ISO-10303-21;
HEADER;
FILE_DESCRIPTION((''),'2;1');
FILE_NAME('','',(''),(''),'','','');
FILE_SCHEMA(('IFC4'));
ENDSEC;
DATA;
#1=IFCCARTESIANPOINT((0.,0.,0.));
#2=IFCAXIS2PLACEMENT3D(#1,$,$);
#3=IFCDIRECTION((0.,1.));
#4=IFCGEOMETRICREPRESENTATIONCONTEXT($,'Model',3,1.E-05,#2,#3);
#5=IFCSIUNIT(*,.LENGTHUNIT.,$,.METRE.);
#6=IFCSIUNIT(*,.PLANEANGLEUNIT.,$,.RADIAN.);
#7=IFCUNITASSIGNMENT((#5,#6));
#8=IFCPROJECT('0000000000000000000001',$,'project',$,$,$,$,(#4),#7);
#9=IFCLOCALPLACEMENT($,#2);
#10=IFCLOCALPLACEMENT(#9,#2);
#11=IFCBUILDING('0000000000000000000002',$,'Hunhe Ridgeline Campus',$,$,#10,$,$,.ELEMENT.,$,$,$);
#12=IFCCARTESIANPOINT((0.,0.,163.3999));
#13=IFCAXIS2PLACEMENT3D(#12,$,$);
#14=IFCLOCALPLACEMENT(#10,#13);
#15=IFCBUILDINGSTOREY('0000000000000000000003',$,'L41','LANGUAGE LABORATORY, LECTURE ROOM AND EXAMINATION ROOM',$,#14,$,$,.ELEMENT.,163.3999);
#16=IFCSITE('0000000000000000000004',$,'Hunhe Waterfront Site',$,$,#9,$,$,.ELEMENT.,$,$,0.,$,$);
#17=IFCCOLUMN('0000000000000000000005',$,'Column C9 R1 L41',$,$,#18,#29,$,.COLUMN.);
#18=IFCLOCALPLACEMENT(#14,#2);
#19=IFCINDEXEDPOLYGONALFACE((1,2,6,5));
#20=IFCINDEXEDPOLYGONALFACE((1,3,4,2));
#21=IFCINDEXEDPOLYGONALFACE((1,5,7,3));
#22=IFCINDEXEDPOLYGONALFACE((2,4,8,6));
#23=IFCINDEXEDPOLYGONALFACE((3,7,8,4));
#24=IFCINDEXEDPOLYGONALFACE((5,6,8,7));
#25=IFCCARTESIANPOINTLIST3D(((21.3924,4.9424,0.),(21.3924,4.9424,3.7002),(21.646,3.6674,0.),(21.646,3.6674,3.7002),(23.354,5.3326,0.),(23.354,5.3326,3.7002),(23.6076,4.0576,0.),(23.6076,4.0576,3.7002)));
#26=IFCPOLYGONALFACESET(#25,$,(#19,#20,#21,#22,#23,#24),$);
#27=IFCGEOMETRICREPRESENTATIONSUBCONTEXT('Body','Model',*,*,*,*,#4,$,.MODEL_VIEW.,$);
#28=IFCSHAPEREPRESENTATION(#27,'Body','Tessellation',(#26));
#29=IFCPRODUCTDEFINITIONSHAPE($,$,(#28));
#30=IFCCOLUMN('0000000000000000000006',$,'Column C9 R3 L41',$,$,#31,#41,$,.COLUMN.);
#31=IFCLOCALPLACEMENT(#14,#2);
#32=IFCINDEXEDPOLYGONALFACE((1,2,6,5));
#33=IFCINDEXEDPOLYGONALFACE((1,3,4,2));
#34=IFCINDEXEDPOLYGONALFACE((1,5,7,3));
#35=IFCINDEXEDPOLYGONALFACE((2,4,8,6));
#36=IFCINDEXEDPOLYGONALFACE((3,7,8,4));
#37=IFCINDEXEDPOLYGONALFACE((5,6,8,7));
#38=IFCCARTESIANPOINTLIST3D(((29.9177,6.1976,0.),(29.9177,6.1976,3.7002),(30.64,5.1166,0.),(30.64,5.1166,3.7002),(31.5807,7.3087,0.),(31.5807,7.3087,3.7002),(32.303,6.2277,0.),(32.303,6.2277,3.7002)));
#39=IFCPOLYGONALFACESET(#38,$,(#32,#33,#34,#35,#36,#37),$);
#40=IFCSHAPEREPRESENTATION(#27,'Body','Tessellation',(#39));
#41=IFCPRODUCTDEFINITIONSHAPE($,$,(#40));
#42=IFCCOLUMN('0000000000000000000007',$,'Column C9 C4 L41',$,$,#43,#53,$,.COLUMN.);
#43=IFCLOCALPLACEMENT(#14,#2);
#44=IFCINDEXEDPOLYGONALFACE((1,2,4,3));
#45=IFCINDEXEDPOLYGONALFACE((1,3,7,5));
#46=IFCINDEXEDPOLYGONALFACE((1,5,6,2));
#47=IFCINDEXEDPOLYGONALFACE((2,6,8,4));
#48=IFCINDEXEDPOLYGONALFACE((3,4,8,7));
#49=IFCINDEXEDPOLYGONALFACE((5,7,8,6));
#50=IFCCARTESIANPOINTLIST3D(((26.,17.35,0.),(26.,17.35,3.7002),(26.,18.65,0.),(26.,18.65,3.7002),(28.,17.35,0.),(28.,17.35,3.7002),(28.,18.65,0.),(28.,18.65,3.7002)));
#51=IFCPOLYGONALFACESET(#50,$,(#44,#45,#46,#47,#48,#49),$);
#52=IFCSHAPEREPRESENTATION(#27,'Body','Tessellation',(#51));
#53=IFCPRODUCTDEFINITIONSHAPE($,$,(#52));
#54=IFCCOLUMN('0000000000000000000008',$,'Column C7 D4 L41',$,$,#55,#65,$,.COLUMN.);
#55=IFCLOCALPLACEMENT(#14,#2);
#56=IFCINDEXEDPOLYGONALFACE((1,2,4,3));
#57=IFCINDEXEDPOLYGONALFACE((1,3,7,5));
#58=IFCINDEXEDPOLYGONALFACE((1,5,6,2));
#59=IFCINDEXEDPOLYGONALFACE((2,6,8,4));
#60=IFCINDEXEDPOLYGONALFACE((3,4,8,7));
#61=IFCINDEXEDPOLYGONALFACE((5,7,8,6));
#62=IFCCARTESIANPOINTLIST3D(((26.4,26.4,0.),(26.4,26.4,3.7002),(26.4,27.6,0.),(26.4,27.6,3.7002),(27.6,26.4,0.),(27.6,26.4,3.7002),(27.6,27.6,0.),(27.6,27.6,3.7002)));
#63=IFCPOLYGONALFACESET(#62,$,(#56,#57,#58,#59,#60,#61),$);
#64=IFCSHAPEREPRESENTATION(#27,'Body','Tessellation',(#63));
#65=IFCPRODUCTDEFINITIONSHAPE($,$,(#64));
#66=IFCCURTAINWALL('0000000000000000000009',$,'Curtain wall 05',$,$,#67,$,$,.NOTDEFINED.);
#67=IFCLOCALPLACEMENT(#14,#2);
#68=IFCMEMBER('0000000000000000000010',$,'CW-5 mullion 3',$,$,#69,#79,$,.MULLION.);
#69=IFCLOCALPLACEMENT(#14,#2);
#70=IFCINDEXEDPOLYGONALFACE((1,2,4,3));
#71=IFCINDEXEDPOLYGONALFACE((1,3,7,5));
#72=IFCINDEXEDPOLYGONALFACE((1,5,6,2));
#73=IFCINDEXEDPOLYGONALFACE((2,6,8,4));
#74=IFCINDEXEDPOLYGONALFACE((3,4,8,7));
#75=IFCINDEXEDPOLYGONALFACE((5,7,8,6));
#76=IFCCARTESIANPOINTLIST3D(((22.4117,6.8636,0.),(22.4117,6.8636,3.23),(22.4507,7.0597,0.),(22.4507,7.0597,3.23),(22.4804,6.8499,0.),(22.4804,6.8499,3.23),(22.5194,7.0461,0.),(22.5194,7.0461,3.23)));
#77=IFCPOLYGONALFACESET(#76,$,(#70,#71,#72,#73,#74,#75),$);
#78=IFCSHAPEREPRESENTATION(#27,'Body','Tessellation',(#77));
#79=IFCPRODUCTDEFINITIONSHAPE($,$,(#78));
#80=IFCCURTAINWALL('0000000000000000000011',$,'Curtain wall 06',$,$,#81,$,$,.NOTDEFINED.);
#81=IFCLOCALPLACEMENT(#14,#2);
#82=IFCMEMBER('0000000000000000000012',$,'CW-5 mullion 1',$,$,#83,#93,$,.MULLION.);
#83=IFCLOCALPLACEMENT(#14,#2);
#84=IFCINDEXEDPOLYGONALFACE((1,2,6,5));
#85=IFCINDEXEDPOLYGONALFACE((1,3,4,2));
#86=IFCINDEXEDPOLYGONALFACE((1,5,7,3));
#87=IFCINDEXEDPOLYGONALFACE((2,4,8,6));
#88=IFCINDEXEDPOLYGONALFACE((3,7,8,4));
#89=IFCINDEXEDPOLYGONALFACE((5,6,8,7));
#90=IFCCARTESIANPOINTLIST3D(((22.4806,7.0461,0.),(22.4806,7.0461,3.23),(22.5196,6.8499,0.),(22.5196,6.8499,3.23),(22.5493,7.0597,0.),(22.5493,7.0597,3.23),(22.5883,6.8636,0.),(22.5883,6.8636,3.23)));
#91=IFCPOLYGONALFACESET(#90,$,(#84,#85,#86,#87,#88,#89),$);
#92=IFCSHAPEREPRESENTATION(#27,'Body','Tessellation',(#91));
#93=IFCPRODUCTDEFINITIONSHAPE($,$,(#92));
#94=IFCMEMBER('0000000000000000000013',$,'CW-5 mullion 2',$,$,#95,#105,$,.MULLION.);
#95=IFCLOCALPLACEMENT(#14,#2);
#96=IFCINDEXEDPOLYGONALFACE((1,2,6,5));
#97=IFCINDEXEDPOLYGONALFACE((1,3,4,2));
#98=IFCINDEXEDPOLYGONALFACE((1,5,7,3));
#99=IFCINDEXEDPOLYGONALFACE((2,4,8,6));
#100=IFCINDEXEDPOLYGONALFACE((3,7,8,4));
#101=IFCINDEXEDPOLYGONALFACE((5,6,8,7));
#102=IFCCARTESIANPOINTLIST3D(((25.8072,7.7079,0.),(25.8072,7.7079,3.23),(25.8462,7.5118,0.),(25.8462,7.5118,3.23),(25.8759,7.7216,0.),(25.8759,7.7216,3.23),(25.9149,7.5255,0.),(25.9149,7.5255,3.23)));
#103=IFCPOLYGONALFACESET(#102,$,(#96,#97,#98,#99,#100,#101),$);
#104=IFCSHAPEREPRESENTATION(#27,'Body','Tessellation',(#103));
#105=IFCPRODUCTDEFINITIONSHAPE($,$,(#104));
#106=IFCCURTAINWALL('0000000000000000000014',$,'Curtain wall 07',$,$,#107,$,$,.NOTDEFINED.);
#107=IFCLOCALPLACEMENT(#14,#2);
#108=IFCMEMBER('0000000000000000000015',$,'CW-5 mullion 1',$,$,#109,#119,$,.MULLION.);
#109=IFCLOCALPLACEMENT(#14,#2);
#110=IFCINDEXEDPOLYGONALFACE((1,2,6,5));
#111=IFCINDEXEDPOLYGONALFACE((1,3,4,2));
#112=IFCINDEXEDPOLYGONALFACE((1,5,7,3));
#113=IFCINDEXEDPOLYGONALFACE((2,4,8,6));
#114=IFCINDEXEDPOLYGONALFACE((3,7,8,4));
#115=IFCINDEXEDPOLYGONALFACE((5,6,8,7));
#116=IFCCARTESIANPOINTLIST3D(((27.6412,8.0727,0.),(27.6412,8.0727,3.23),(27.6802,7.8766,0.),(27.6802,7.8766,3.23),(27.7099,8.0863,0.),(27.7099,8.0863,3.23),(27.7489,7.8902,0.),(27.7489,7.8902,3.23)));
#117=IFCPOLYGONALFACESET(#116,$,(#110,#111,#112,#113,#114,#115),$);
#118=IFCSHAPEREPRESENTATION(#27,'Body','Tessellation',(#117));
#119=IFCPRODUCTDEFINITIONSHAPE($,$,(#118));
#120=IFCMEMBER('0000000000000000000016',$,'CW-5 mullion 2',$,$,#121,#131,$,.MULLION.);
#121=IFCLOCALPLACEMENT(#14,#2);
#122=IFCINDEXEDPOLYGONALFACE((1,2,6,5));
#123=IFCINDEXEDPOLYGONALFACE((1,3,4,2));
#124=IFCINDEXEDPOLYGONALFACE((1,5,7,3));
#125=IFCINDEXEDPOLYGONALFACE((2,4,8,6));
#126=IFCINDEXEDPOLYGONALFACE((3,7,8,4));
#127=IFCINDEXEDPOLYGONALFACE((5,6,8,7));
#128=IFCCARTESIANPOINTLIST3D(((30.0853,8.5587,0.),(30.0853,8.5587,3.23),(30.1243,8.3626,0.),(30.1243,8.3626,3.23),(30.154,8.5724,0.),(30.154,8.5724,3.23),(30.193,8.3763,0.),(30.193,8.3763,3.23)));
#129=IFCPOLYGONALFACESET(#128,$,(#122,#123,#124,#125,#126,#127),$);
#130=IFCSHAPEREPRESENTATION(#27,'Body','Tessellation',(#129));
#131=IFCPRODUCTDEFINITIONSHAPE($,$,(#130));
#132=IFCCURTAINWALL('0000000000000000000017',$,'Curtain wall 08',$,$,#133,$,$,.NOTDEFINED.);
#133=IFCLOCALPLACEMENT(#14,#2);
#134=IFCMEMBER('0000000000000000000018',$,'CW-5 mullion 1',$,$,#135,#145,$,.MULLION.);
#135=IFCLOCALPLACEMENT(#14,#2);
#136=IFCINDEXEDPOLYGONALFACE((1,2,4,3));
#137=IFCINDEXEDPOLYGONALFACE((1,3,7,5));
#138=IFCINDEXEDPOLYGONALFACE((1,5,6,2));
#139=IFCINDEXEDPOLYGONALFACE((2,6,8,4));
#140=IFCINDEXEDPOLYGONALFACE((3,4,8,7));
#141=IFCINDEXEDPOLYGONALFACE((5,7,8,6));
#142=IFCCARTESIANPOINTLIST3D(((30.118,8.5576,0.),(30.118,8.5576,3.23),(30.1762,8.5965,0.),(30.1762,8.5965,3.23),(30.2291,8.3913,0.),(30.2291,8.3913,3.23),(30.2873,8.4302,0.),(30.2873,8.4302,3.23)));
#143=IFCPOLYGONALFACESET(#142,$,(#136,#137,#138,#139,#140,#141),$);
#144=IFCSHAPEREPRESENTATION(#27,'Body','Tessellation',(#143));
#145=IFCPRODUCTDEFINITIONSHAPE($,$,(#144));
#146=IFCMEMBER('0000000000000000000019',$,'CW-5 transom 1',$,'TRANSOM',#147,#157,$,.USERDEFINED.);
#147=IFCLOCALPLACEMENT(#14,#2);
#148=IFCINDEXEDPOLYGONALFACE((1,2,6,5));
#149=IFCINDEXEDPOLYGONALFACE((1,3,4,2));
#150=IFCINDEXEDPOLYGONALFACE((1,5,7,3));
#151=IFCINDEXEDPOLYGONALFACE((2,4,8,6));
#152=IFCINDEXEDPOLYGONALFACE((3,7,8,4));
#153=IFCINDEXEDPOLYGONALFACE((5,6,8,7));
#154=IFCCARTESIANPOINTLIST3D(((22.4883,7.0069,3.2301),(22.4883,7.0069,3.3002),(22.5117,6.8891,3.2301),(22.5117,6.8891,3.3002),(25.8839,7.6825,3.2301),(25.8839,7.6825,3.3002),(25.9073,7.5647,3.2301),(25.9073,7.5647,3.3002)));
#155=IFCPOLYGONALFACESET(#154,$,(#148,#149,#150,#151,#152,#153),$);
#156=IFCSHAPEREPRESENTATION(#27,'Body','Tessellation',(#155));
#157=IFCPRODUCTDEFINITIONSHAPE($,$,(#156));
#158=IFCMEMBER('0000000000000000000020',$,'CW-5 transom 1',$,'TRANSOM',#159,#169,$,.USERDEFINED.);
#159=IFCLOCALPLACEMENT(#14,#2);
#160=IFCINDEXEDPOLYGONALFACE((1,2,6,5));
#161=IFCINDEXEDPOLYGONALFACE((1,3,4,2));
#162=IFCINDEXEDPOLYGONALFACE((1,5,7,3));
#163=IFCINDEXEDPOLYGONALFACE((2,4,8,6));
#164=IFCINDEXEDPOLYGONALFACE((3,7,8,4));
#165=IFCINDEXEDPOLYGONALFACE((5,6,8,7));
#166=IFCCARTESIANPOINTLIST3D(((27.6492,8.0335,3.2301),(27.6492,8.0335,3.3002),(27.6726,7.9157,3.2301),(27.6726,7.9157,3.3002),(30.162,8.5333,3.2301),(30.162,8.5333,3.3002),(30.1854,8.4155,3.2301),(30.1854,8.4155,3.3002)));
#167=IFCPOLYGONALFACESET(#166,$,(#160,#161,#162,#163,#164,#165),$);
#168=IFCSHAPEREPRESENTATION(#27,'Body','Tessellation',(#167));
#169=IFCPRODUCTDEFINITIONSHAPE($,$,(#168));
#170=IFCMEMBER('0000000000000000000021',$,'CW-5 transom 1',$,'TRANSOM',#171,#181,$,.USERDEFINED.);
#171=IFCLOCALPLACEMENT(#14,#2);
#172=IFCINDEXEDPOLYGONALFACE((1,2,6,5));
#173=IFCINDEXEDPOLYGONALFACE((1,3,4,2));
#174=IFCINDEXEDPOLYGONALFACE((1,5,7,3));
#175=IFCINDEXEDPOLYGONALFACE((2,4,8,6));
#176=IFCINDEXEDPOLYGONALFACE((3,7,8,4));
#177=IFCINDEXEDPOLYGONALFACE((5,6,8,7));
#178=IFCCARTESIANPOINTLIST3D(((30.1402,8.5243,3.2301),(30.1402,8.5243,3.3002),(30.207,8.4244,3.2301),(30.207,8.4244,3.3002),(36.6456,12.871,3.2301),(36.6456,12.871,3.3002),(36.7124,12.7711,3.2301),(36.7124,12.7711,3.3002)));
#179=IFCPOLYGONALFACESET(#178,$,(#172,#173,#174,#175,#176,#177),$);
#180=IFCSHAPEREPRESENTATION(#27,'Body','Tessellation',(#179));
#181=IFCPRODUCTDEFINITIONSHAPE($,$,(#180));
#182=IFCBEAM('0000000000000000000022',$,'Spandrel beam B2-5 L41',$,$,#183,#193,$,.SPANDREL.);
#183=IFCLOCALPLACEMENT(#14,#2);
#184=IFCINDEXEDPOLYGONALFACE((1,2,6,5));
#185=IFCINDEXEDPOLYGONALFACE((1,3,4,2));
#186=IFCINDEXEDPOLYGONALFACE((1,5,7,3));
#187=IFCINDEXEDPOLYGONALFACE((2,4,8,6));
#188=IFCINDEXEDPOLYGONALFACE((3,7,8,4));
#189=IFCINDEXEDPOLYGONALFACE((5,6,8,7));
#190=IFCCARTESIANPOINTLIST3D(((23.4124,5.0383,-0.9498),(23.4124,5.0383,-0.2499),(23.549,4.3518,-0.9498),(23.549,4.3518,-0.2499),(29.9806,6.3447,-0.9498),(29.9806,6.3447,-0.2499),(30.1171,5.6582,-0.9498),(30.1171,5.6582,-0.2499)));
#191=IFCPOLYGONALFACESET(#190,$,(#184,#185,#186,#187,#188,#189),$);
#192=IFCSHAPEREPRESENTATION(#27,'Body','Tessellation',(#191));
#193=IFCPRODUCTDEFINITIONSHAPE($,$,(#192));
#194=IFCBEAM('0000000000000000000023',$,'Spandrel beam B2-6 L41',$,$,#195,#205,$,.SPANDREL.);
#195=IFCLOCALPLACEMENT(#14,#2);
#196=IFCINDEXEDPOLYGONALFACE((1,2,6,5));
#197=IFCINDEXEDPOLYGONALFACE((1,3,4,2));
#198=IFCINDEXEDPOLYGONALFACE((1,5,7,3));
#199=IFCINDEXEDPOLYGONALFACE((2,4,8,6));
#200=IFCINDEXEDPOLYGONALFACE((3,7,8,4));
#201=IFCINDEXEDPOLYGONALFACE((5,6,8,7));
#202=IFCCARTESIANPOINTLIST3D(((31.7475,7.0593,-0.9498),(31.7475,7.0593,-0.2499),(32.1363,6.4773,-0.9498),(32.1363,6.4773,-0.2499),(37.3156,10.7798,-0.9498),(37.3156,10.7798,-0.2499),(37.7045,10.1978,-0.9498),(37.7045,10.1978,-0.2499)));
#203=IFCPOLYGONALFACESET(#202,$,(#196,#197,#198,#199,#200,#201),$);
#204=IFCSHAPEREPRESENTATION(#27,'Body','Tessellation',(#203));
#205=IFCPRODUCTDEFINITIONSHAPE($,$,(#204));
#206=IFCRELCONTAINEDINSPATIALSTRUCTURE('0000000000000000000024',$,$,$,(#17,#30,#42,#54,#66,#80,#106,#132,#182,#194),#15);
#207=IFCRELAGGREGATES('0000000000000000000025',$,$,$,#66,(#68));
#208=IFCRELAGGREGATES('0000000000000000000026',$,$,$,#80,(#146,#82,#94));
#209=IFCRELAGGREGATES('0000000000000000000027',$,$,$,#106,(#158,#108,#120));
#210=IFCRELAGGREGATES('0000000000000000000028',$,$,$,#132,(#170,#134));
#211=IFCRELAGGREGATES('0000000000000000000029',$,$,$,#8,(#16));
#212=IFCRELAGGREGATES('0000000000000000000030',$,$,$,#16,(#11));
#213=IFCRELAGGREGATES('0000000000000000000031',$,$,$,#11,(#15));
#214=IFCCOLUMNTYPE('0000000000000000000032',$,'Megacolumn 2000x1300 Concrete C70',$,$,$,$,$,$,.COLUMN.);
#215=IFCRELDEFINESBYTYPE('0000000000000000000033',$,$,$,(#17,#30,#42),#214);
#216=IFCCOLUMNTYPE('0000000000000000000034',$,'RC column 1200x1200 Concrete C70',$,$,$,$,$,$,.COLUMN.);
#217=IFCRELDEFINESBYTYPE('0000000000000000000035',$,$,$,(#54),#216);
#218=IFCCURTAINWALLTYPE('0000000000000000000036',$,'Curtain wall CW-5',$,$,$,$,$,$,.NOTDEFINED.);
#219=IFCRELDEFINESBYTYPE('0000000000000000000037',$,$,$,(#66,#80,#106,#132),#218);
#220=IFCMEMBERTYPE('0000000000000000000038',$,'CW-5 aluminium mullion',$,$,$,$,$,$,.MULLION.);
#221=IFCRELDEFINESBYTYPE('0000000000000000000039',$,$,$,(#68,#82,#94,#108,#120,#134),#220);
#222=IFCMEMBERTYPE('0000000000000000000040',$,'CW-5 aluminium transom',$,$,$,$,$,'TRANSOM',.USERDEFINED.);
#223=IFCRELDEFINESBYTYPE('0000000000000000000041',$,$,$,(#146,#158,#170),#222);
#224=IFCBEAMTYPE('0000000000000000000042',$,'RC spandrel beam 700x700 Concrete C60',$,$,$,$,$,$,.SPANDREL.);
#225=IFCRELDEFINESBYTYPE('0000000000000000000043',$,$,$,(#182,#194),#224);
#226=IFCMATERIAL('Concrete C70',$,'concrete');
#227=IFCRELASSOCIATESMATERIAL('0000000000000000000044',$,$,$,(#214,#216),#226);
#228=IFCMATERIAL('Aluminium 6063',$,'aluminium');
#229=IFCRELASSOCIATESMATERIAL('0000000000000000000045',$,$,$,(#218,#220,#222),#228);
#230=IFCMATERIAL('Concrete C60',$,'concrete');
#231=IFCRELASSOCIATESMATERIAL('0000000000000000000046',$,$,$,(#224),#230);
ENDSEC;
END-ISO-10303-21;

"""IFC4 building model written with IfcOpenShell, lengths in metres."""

from ifc_helpers import new_model, si_unit, direction, frame, origin, origin_2d, place, context, subcontext, project, spatial, rectangle, extrude, material, material_profile, profile_set, type_object, element, aggregate, save


model = new_model("IFC4")

# Units and contexts
model_context = context("Model", 3, precision=1e-05, world=origin(), true_north=direction((0.0, 1.0)))
body_context = subcontext(model_context, "Body", "Model", "MODEL_VIEW")
ifc_project = project(units=[si_unit("LENGTHUNIT", "METRE"), si_unit("PLANEANGLEUNIT", "RADIAN")], contexts=[model_context])

# Site, building, storey
site_placement = place(None, origin())
site = spatial("IfcSite", under=ifc_project, at=site_placement, Name="Hunhe Waterfront Site", CompositionType="ELEMENT", RefElevation=0.0)
building_placement = place(site_placement, origin())
building = spatial("IfcBuilding", under=site, at=building_placement, Name="Hunhe Ridgeline Campus", CompositionType="ELEMENT")
storey_placement = place(building_placement, frame((0.0, 0.0, 163.3999)))
storey = spatial("IfcBuildingStorey", under=building, at=storey_placement, Name="L41", Description="LANGUAGE LABORATORY, LECTURE ROOM AND EXAMINATION ROOM", CompositionType="ELEMENT", Elevation=163.3999)

# Columns
ifc_material_1 = material(Name="Concrete C70", Category="concrete")
ifc_material_profile_1 = material_profile(ifc_material_1, rectangle(XDim=2.0, YDim=1.3, at=origin_2d()))
ifc_profile_set_1 = profile_set([ifc_material_profile_1], Name="Concrete C70")
column_type_1 = type_object("IfcColumnType", Name="Megacolumn 2000x1300 Concrete C70", PredefinedType="COLUMN", material=ifc_profile_set_1)
for number, where, z_axis, x_axis, name in (
    (1, (22.5, 4.5, 0.0), (0.0, 0.0, 1.0), (0.980785, 0.19509, 0.0), "Column C9 R1 L41"),
    (2, (31.1104, 6.2126, 0.0), (0.0, 0.0, 1.0), (0.83147, 0.55557, 0.0), "Column C9 R3 L41"),
    (3, (27.0, 18.0, 0.0), (0.0, 0.0, 1.0), (1.0, 0.0, 0.0), "Column C9 C4 L41"),
):
    element("IfcColumn", number, at=place(storey_placement, frame(where, z_axis=z_axis, x_axis=x_axis)), inside=storey, type_object=column_type_1, Name=name, PredefinedType="COLUMN", context=body_context, shape_type="SweptSolid", body=[
        extrude(rectangle(XDim=2.0, YDim=1.3, at=origin_2d()), origin(), (0.0, 0.0, 1.0), 3.7002),
    ])
ifc_material_profile_2 = material_profile(ifc_material_1, rectangle(XDim=1.2, YDim=1.2, at=origin_2d()))
ifc_profile_set_2 = profile_set([ifc_material_profile_2], Name="Concrete C70")
column_type_2 = type_object("IfcColumnType", Name="RC column 1200x1200 Concrete C70", PredefinedType="COLUMN", material=ifc_profile_set_2)
column_placement = place(storey_placement, frame((27.0, 27.0, 0.0), z_axis=(0.0, 0.0, 1.0), x_axis=(1.0, 0.0, 0.0)))
element("IfcColumn", 4, at=column_placement, inside=storey, type_object=column_type_2, Name="Column C7 D4 L41", PredefinedType="COLUMN", context=body_context, shape_type="SweptSolid", body=[
    extrude(rectangle(XDim=1.2, YDim=1.2, at=origin_2d()), origin(), (0.0, 0.0, 1.0), 3.7002),
])

# Curtain wall, member
ifc_material_2 = material(Name="Aluminium 6063", Category="aluminium")
curtain_wall_type = type_object("IfcCurtainWallType", Name="Curtain wall CW-5", PredefinedType="NOTDEFINED", material=ifc_material_2)
curtain_wall_1_placement = place(storey_placement, origin())
curtain_wall_1 = element("IfcCurtainWall", 5, at=curtain_wall_1_placement, inside=storey, type_object=curtain_wall_type, Name="Curtain wall 05", PredefinedType="NOTDEFINED")
ifc_material_profile_3 = material_profile(ifc_material_2, rectangle(XDim=0.2, YDim=0.0701, at=origin_2d()))
ifc_profile_set_3 = profile_set([ifc_material_profile_3], Name="Aluminium 6063")
member_type_1 = type_object("IfcMemberType", Name="CW-5 aluminium mullion", PredefinedType="MULLION", material=ifc_profile_set_3)
member_1_placement = place(storey_placement, frame((22.4656, 6.9548, 0.0), z_axis=(0.0, 0.0, 1.0), x_axis=(0.19509, 0.980785, 0.0)))
member_1 = element("IfcMember", 6, at=member_1_placement, type_object=member_type_1, Name="CW-5 mullion 3", PredefinedType="MULLION", context=body_context, shape_type="SweptSolid", body=[
    extrude(rectangle(XDim=0.2, YDim=0.0701, at=origin_2d()), origin(), (0.0, 0.0, 1.0), 3.23),
])

# Curtain walls, members
curtain_wall_2_placement = place(storey_placement, origin())
curtain_wall_2 = element("IfcCurtainWall", 7, at=curtain_wall_2_placement, inside=storey, type_object=curtain_wall_type, Name="Curtain wall 06", PredefinedType="NOTDEFINED")
member_2_placement = place(storey_placement, frame((22.5344, 6.9548, 0.0), z_axis=(0.0, 0.0, 1.0), x_axis=(-0.19509, 0.980785, 0.0)))
member_2 = element("IfcMember", 8, at=member_2_placement, type_object=member_type_1, Name="CW-5 mullion 1", PredefinedType="MULLION", context=body_context, shape_type="SweptSolid", body=[
    extrude(rectangle(XDim=0.2, YDim=0.0701, at=origin_2d()), origin(), (0.0, 0.0, 1.0), 3.23),
])
member_3_placement = place(storey_placement, frame((25.8611, 7.6167, 0.0), z_axis=(0.0, 0.0, 1.0), x_axis=(-0.19509, 0.980785, 0.0)))
member_3 = element("IfcMember", 9, at=member_3_placement, type_object=member_type_1, Name="CW-5 mullion 2", PredefinedType="MULLION", context=body_context, shape_type="SweptSolid", body=[
    extrude(rectangle(XDim=0.2, YDim=0.0701, at=origin_2d()), origin(), (0.0, 0.0, 1.0), 3.23),
])
curtain_wall_3_placement = place(storey_placement, origin())
curtain_wall_3 = element("IfcCurtainWall", 10, at=curtain_wall_3_placement, inside=storey, type_object=curtain_wall_type, Name="Curtain wall 07", PredefinedType="NOTDEFINED")
member_4_placement = place(storey_placement, frame((27.6951, 7.9814, 0.0), z_axis=(0.0, 0.0, 1.0), x_axis=(-0.195091, 0.980785, 0.0)))
member_4 = element("IfcMember", 11, at=member_4_placement, type_object=member_type_1, Name="CW-5 mullion 1", PredefinedType="MULLION", context=body_context, shape_type="SweptSolid", body=[
    extrude(rectangle(XDim=0.2, YDim=0.0701, at=origin_2d()), origin(), (0.0, 0.0, 1.0), 3.23),
])
member_5_placement = place(storey_placement, frame((30.1392, 8.4675, 0.0), z_axis=(0.0, 0.0, 1.0), x_axis=(-0.195091, 0.980785, 0.0)))
member_5 = element("IfcMember", 12, at=member_5_placement, type_object=member_type_1, Name="CW-5 mullion 2", PredefinedType="MULLION", context=body_context, shape_type="SweptSolid", body=[
    extrude(rectangle(XDim=0.2, YDim=0.0701, at=origin_2d()), origin(), (0.0, 0.0, 1.0), 3.23),
])

# Curtain wall, member
curtain_wall_4_placement = place(storey_placement, origin())
curtain_wall_4 = element("IfcCurtainWall", 13, at=curtain_wall_4_placement, inside=storey, type_object=curtain_wall_type, Name="Curtain wall 08", PredefinedType="NOTDEFINED")
member_6_placement = place(storey_placement, frame((30.2026, 8.4939, 0.0), z_axis=(0.0, 0.0, 1.0), x_axis=(-0.55557, 0.83147, 0.0)))
member_6 = element("IfcMember", 14, at=member_6_placement, type_object=member_type_1, Name="CW-5 mullion 1", PredefinedType="MULLION", context=body_context, shape_type="SweptSolid", body=[
    extrude(rectangle(XDim=0.2, YDim=0.0701, at=origin_2d()), origin(), (0.0, 0.0, 1.0), 3.23),
])

# Members
ifc_material_profile_4 = material_profile(ifc_material_2, rectangle(XDim=0.1201, YDim=0.0701, at=origin_2d()))
ifc_profile_set_4 = profile_set([ifc_material_profile_4], Name="Aluminium 6063")
member_type_2 = type_object("IfcMemberType", Name="CW-5 aluminium transom", ElementType="TRANSOM", PredefinedType="USERDEFINED", material=ifc_profile_set_4)
member_7_placement = place(storey_placement, frame((22.5, 6.948, 3.2651), z_axis=(0.980778, 0.195126, 0.0), x_axis=(-0.195126, 0.980778, 0.0)))
member_7 = element("IfcMember", 15, at=member_7_placement, type_object=member_type_2, Name="CW-5 transom 1", ObjectType="TRANSOM", PredefinedType="USERDEFINED", context=body_context, shape_type="SweptSolid", body=[
    extrude(rectangle(XDim=0.1201, YDim=0.0701, at=origin_2d()), origin(), (0.0, 0.0, 1.0), 3.4622),
])
member_8_placement = place(storey_placement, frame((27.6609, 7.9746, 3.2651), z_axis=(0.980789, 0.195071, 0.0), x_axis=(-0.195071, 0.980789, 0.0)))
member_8 = element("IfcMember", 16, at=member_8_placement, type_object=member_type_2, Name="CW-5 transom 1", ObjectType="TRANSOM", PredefinedType="USERDEFINED", context=body_context, shape_type="SweptSolid", body=[
    extrude(rectangle(XDim=0.1201, YDim=0.0701, at=origin_2d()), origin(), (0.0, 0.0, 1.0), 2.562),
])
member_9_placement = place(storey_placement, frame((30.1736, 8.4744, 3.2651), z_axis=(0.831474, 0.555564, 0.0), x_axis=(-0.555564, 0.831474, 0.0)))
member_9 = element("IfcMember", 17, at=member_9_placement, type_object=member_type_2, Name="CW-5 transom 1", ObjectType="TRANSOM", PredefinedType="USERDEFINED", context=body_context, shape_type="SweptSolid", body=[
    extrude(rectangle(XDim=0.1201, YDim=0.0701, at=origin_2d()), origin(), (0.0, 0.0, 1.0), 7.824),
])

# Beams
ifc_material_3 = material(Name="Concrete C60", Category="concrete")
ifc_material_profile_5 = material_profile(ifc_material_3, rectangle(XDim=0.7, YDim=0.7, at=origin_2d()))
ifc_profile_set_5 = profile_set([ifc_material_profile_5], Name="Concrete C60")
beam_type = type_object("IfcBeamType", Name="RC spandrel beam 700x700 Concrete C60", PredefinedType="SPANDREL", material=ifc_profile_set_5)
for number, where, z_axis, x_axis, name in (
    (18, (23.4807, 4.6951, -0.5999), (0.980788, 0.195078, 0.0), (-0.195078, 0.980788, 0.0), "Spandrel beam B2-5 L41"),
    (19, (31.9419, 6.7683, -0.5999), (0.831472, 0.555566, 0.0), (-0.555566, 0.831472, 0.0), "Spandrel beam B2-6 L41"),
):
    element("IfcBeam", number, at=place(storey_placement, frame(where, z_axis=z_axis, x_axis=x_axis)), inside=storey, type_object=beam_type, Name=name, PredefinedType="SPANDREL", context=body_context, shape_type="SweptSolid", body=[
        extrude(rectangle(XDim=0.7, YDim=0.7, at=origin_2d()), origin(), (0.0, 0.0, 1.0), 6.6968),
    ])

aggregate(curtain_wall_1, [member_1])
aggregate(curtain_wall_2, [member_7, member_2, member_3])
aggregate(curtain_wall_3, [member_8, member_4, member_5])
aggregate(curtain_wall_4, [member_9, member_6])

save(model, "model.ifc")
